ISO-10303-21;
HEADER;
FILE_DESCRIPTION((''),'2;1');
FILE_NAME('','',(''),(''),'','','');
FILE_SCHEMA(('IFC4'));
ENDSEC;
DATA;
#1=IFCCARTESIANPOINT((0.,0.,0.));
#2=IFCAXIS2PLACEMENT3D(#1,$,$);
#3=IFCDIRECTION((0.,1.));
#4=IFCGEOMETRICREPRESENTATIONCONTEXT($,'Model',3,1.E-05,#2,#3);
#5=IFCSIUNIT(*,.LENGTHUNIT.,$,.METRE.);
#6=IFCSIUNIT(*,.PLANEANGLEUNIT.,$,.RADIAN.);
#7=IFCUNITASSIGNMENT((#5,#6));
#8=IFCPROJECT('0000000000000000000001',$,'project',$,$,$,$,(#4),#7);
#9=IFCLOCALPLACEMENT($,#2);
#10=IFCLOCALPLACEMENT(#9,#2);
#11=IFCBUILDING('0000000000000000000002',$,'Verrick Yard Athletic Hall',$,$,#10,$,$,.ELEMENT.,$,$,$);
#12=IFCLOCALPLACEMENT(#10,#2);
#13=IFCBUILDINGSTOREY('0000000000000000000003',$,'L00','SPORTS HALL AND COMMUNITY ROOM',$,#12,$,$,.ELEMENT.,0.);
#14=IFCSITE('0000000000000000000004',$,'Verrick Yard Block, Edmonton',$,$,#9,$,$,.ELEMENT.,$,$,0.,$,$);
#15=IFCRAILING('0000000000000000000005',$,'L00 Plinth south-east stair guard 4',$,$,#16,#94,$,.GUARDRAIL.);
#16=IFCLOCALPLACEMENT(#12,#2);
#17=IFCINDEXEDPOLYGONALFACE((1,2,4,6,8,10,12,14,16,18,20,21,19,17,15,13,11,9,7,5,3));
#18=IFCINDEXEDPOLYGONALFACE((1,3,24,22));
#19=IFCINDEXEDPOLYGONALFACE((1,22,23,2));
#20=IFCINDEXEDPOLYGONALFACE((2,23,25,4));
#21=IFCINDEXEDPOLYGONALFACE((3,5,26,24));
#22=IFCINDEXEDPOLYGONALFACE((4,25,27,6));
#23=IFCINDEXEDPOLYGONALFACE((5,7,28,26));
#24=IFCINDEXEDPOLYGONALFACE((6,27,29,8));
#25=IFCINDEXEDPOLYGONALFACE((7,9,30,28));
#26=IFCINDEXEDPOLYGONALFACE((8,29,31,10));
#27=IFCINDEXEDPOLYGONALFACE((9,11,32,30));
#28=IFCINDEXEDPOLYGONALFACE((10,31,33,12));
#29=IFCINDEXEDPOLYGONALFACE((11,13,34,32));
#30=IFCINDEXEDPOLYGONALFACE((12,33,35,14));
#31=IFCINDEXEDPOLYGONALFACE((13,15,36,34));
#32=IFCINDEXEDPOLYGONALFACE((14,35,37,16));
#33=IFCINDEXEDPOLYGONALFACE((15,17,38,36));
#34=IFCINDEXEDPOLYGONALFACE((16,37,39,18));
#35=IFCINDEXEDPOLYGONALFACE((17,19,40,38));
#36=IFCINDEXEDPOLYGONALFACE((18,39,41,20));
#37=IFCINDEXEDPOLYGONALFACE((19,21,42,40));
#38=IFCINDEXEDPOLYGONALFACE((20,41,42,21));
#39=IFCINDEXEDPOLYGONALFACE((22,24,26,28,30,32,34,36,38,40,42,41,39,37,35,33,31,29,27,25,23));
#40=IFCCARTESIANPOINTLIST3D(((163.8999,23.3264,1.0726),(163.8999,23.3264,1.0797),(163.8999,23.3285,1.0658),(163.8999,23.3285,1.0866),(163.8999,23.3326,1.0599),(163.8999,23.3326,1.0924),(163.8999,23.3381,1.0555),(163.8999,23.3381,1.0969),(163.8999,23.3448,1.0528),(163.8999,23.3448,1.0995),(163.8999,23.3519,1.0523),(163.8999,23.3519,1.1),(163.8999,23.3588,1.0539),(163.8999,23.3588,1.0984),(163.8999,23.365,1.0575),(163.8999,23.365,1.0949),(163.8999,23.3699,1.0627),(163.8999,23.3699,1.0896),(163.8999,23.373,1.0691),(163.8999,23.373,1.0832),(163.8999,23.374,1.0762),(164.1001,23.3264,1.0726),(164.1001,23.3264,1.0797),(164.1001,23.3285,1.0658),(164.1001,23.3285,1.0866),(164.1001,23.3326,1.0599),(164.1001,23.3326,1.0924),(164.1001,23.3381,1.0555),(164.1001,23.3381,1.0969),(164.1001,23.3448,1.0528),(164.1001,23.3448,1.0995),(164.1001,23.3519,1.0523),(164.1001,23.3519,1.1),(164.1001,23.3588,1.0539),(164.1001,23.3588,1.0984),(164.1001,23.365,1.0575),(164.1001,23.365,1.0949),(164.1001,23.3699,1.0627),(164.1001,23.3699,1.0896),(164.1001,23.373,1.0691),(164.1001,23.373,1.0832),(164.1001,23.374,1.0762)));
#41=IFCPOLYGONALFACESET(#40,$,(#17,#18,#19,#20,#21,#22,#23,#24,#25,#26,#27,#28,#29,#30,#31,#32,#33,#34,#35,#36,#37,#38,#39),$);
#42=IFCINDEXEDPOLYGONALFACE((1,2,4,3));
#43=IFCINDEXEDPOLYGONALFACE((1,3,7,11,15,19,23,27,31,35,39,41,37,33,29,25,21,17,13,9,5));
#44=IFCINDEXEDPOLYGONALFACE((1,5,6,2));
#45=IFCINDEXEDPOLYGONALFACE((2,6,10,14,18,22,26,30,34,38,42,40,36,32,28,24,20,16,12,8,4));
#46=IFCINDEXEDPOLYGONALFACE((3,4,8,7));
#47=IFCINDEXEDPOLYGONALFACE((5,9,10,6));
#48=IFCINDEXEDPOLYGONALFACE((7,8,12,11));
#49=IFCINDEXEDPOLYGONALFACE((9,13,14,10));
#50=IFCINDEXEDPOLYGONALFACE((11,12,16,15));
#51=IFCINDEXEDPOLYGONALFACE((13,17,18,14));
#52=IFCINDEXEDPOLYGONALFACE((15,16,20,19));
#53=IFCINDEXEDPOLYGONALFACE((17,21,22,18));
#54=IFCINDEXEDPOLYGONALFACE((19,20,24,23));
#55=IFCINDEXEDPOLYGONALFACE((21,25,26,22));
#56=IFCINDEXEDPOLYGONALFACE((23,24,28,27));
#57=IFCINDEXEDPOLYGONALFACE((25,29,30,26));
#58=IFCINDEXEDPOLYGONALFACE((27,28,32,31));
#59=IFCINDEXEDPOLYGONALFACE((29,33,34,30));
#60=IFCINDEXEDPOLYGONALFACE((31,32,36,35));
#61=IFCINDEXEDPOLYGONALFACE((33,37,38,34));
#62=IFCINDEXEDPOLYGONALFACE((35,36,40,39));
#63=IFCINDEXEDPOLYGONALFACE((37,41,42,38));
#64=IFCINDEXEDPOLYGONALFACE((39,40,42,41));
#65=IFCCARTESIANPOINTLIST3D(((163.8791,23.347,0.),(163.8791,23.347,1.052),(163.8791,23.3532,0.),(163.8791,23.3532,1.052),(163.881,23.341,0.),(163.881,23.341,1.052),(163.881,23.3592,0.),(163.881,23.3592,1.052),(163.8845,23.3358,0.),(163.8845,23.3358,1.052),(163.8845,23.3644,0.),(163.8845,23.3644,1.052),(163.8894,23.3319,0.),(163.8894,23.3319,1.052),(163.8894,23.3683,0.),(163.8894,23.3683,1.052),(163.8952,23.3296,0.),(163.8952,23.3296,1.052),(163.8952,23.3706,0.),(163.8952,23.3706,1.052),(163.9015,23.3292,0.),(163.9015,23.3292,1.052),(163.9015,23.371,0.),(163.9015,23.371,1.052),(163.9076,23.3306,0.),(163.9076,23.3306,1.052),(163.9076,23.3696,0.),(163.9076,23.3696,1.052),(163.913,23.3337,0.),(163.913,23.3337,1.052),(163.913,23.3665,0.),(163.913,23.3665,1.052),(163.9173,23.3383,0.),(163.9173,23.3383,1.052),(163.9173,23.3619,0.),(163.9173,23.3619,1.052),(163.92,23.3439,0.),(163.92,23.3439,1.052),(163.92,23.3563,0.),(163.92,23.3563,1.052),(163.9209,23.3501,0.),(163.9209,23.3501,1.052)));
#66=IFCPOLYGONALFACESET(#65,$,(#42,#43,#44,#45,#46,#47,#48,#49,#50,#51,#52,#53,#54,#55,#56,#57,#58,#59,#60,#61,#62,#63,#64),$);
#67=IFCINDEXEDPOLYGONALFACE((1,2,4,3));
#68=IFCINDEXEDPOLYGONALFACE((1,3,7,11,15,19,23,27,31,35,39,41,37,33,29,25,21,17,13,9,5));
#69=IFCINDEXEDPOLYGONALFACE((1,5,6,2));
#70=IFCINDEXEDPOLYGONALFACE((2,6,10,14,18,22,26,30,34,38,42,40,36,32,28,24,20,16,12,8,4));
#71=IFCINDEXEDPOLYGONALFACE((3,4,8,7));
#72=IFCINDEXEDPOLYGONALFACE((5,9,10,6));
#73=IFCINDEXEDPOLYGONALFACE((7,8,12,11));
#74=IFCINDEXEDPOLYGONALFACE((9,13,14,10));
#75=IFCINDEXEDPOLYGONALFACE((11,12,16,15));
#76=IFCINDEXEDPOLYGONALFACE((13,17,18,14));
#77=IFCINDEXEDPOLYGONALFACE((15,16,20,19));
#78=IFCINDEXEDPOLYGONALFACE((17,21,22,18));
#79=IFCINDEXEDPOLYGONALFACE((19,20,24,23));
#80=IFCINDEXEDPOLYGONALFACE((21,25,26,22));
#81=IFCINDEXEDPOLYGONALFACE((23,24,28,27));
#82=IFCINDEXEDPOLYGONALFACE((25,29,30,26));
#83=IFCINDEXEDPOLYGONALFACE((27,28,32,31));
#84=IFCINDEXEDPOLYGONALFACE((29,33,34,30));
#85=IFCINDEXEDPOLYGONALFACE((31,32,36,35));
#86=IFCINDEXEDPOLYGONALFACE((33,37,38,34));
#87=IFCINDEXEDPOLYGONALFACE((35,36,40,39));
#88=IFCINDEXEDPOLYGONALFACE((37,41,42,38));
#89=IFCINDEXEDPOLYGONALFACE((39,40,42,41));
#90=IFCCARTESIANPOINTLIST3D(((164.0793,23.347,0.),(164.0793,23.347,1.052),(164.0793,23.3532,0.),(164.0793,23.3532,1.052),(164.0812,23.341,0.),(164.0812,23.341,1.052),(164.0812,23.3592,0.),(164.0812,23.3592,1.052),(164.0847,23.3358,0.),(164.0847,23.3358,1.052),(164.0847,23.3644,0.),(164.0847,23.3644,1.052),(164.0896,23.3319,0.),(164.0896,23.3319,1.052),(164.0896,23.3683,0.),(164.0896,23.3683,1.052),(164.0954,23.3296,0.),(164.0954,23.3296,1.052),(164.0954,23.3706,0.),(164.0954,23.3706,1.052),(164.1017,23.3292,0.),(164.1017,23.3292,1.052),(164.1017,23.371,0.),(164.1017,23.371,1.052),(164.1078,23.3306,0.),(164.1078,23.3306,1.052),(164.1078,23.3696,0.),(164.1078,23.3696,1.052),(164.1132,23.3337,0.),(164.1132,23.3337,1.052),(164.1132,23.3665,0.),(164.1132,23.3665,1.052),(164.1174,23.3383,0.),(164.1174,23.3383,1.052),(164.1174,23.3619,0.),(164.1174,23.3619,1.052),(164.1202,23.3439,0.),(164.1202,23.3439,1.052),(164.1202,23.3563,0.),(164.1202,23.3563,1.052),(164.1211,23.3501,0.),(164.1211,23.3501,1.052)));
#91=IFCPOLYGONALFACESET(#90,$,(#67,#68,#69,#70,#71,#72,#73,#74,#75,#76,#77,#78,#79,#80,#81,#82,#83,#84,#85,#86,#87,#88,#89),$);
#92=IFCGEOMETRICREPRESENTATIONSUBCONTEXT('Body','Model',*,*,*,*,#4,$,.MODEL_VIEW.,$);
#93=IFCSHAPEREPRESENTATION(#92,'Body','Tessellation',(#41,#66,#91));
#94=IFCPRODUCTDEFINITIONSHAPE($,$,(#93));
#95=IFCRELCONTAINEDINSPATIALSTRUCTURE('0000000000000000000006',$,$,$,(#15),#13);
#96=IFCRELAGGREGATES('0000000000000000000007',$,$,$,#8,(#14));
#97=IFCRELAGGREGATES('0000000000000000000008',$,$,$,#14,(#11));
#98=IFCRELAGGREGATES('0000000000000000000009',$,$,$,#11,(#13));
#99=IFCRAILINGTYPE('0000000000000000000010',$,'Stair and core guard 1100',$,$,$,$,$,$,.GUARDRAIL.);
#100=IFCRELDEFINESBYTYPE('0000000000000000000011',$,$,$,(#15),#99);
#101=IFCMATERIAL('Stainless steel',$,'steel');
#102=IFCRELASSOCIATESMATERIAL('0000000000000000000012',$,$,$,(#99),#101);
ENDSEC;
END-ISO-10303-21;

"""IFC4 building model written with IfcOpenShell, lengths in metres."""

from ifc_helpers import new_model, si_unit, direction, frame, origin, origin_2d, place, context, subcontext, project, spatial, circle, extrude, material, type_object, element, save


model = new_model("IFC4")

# Units and contexts
model_context = context("Model", 3, precision=1e-05, world=origin(), true_north=direction((0.0, 1.0)))
body_context = subcontext(model_context, "Body", "Model", "MODEL_VIEW")
ifc_project = project(units=[si_unit("LENGTHUNIT", "METRE"), si_unit("PLANEANGLEUNIT", "RADIAN")], contexts=[model_context])

# Site, building, storey
site_placement = place(None, origin())
site = spatial("IfcSite", under=ifc_project, at=site_placement, Name="Verrick Yard Block, Edmonton", CompositionType="ELEMENT", RefElevation=0.0)
building_placement = place(site_placement, origin())
building = spatial("IfcBuilding", under=site, at=building_placement, Name="Verrick Yard Athletic Hall", CompositionType="ELEMENT")
storey_placement = place(building_placement, origin())
storey = spatial("IfcBuildingStorey", under=building, at=storey_placement, Name="L00", Description="SPORTS HALL AND COMMUNITY ROOM", CompositionType="ELEMENT", Elevation=0.0)

# Railing
ifc_material_1 = material(Name="Stainless steel", Category="steel")
railing_type_1 = type_object("IfcRailingType", Name="Stair and core guard 1100", PredefinedType="GUARDRAIL", material=ifc_material_1)
railing_1_placement = place(storey_placement, frame((163.8999, 23.3501, 0.0)))
element("IfcRailing", 1, at=railing_1_placement, inside=storey, type_object=railing_type_1, Name="L00 Plinth south-east stair guard 4", PredefinedType="GUARDRAIL", context=body_context, shape_type="SweptSolid", body=[
    extrude(circle(Radius=0.0239, at=origin_2d()), frame((0.0, 0.0, 1.0762), z_axis=(1.0, 0.0, 0.0), x_axis=(0.0, 1.0, 0.0)), (0.0, 0.0, 1.0), 0.2002),
    extrude(circle(Radius=0.021, at=origin_2d()), origin(), (0.0, 0.0, 1.0), 1.052),
    extrude(circle(Radius=0.021, at=origin_2d()), frame((0.2002, 0.0, 0.0)), (0.0, 0.0, 1.0), 1.052),
])

save(model, "model.ifc")
